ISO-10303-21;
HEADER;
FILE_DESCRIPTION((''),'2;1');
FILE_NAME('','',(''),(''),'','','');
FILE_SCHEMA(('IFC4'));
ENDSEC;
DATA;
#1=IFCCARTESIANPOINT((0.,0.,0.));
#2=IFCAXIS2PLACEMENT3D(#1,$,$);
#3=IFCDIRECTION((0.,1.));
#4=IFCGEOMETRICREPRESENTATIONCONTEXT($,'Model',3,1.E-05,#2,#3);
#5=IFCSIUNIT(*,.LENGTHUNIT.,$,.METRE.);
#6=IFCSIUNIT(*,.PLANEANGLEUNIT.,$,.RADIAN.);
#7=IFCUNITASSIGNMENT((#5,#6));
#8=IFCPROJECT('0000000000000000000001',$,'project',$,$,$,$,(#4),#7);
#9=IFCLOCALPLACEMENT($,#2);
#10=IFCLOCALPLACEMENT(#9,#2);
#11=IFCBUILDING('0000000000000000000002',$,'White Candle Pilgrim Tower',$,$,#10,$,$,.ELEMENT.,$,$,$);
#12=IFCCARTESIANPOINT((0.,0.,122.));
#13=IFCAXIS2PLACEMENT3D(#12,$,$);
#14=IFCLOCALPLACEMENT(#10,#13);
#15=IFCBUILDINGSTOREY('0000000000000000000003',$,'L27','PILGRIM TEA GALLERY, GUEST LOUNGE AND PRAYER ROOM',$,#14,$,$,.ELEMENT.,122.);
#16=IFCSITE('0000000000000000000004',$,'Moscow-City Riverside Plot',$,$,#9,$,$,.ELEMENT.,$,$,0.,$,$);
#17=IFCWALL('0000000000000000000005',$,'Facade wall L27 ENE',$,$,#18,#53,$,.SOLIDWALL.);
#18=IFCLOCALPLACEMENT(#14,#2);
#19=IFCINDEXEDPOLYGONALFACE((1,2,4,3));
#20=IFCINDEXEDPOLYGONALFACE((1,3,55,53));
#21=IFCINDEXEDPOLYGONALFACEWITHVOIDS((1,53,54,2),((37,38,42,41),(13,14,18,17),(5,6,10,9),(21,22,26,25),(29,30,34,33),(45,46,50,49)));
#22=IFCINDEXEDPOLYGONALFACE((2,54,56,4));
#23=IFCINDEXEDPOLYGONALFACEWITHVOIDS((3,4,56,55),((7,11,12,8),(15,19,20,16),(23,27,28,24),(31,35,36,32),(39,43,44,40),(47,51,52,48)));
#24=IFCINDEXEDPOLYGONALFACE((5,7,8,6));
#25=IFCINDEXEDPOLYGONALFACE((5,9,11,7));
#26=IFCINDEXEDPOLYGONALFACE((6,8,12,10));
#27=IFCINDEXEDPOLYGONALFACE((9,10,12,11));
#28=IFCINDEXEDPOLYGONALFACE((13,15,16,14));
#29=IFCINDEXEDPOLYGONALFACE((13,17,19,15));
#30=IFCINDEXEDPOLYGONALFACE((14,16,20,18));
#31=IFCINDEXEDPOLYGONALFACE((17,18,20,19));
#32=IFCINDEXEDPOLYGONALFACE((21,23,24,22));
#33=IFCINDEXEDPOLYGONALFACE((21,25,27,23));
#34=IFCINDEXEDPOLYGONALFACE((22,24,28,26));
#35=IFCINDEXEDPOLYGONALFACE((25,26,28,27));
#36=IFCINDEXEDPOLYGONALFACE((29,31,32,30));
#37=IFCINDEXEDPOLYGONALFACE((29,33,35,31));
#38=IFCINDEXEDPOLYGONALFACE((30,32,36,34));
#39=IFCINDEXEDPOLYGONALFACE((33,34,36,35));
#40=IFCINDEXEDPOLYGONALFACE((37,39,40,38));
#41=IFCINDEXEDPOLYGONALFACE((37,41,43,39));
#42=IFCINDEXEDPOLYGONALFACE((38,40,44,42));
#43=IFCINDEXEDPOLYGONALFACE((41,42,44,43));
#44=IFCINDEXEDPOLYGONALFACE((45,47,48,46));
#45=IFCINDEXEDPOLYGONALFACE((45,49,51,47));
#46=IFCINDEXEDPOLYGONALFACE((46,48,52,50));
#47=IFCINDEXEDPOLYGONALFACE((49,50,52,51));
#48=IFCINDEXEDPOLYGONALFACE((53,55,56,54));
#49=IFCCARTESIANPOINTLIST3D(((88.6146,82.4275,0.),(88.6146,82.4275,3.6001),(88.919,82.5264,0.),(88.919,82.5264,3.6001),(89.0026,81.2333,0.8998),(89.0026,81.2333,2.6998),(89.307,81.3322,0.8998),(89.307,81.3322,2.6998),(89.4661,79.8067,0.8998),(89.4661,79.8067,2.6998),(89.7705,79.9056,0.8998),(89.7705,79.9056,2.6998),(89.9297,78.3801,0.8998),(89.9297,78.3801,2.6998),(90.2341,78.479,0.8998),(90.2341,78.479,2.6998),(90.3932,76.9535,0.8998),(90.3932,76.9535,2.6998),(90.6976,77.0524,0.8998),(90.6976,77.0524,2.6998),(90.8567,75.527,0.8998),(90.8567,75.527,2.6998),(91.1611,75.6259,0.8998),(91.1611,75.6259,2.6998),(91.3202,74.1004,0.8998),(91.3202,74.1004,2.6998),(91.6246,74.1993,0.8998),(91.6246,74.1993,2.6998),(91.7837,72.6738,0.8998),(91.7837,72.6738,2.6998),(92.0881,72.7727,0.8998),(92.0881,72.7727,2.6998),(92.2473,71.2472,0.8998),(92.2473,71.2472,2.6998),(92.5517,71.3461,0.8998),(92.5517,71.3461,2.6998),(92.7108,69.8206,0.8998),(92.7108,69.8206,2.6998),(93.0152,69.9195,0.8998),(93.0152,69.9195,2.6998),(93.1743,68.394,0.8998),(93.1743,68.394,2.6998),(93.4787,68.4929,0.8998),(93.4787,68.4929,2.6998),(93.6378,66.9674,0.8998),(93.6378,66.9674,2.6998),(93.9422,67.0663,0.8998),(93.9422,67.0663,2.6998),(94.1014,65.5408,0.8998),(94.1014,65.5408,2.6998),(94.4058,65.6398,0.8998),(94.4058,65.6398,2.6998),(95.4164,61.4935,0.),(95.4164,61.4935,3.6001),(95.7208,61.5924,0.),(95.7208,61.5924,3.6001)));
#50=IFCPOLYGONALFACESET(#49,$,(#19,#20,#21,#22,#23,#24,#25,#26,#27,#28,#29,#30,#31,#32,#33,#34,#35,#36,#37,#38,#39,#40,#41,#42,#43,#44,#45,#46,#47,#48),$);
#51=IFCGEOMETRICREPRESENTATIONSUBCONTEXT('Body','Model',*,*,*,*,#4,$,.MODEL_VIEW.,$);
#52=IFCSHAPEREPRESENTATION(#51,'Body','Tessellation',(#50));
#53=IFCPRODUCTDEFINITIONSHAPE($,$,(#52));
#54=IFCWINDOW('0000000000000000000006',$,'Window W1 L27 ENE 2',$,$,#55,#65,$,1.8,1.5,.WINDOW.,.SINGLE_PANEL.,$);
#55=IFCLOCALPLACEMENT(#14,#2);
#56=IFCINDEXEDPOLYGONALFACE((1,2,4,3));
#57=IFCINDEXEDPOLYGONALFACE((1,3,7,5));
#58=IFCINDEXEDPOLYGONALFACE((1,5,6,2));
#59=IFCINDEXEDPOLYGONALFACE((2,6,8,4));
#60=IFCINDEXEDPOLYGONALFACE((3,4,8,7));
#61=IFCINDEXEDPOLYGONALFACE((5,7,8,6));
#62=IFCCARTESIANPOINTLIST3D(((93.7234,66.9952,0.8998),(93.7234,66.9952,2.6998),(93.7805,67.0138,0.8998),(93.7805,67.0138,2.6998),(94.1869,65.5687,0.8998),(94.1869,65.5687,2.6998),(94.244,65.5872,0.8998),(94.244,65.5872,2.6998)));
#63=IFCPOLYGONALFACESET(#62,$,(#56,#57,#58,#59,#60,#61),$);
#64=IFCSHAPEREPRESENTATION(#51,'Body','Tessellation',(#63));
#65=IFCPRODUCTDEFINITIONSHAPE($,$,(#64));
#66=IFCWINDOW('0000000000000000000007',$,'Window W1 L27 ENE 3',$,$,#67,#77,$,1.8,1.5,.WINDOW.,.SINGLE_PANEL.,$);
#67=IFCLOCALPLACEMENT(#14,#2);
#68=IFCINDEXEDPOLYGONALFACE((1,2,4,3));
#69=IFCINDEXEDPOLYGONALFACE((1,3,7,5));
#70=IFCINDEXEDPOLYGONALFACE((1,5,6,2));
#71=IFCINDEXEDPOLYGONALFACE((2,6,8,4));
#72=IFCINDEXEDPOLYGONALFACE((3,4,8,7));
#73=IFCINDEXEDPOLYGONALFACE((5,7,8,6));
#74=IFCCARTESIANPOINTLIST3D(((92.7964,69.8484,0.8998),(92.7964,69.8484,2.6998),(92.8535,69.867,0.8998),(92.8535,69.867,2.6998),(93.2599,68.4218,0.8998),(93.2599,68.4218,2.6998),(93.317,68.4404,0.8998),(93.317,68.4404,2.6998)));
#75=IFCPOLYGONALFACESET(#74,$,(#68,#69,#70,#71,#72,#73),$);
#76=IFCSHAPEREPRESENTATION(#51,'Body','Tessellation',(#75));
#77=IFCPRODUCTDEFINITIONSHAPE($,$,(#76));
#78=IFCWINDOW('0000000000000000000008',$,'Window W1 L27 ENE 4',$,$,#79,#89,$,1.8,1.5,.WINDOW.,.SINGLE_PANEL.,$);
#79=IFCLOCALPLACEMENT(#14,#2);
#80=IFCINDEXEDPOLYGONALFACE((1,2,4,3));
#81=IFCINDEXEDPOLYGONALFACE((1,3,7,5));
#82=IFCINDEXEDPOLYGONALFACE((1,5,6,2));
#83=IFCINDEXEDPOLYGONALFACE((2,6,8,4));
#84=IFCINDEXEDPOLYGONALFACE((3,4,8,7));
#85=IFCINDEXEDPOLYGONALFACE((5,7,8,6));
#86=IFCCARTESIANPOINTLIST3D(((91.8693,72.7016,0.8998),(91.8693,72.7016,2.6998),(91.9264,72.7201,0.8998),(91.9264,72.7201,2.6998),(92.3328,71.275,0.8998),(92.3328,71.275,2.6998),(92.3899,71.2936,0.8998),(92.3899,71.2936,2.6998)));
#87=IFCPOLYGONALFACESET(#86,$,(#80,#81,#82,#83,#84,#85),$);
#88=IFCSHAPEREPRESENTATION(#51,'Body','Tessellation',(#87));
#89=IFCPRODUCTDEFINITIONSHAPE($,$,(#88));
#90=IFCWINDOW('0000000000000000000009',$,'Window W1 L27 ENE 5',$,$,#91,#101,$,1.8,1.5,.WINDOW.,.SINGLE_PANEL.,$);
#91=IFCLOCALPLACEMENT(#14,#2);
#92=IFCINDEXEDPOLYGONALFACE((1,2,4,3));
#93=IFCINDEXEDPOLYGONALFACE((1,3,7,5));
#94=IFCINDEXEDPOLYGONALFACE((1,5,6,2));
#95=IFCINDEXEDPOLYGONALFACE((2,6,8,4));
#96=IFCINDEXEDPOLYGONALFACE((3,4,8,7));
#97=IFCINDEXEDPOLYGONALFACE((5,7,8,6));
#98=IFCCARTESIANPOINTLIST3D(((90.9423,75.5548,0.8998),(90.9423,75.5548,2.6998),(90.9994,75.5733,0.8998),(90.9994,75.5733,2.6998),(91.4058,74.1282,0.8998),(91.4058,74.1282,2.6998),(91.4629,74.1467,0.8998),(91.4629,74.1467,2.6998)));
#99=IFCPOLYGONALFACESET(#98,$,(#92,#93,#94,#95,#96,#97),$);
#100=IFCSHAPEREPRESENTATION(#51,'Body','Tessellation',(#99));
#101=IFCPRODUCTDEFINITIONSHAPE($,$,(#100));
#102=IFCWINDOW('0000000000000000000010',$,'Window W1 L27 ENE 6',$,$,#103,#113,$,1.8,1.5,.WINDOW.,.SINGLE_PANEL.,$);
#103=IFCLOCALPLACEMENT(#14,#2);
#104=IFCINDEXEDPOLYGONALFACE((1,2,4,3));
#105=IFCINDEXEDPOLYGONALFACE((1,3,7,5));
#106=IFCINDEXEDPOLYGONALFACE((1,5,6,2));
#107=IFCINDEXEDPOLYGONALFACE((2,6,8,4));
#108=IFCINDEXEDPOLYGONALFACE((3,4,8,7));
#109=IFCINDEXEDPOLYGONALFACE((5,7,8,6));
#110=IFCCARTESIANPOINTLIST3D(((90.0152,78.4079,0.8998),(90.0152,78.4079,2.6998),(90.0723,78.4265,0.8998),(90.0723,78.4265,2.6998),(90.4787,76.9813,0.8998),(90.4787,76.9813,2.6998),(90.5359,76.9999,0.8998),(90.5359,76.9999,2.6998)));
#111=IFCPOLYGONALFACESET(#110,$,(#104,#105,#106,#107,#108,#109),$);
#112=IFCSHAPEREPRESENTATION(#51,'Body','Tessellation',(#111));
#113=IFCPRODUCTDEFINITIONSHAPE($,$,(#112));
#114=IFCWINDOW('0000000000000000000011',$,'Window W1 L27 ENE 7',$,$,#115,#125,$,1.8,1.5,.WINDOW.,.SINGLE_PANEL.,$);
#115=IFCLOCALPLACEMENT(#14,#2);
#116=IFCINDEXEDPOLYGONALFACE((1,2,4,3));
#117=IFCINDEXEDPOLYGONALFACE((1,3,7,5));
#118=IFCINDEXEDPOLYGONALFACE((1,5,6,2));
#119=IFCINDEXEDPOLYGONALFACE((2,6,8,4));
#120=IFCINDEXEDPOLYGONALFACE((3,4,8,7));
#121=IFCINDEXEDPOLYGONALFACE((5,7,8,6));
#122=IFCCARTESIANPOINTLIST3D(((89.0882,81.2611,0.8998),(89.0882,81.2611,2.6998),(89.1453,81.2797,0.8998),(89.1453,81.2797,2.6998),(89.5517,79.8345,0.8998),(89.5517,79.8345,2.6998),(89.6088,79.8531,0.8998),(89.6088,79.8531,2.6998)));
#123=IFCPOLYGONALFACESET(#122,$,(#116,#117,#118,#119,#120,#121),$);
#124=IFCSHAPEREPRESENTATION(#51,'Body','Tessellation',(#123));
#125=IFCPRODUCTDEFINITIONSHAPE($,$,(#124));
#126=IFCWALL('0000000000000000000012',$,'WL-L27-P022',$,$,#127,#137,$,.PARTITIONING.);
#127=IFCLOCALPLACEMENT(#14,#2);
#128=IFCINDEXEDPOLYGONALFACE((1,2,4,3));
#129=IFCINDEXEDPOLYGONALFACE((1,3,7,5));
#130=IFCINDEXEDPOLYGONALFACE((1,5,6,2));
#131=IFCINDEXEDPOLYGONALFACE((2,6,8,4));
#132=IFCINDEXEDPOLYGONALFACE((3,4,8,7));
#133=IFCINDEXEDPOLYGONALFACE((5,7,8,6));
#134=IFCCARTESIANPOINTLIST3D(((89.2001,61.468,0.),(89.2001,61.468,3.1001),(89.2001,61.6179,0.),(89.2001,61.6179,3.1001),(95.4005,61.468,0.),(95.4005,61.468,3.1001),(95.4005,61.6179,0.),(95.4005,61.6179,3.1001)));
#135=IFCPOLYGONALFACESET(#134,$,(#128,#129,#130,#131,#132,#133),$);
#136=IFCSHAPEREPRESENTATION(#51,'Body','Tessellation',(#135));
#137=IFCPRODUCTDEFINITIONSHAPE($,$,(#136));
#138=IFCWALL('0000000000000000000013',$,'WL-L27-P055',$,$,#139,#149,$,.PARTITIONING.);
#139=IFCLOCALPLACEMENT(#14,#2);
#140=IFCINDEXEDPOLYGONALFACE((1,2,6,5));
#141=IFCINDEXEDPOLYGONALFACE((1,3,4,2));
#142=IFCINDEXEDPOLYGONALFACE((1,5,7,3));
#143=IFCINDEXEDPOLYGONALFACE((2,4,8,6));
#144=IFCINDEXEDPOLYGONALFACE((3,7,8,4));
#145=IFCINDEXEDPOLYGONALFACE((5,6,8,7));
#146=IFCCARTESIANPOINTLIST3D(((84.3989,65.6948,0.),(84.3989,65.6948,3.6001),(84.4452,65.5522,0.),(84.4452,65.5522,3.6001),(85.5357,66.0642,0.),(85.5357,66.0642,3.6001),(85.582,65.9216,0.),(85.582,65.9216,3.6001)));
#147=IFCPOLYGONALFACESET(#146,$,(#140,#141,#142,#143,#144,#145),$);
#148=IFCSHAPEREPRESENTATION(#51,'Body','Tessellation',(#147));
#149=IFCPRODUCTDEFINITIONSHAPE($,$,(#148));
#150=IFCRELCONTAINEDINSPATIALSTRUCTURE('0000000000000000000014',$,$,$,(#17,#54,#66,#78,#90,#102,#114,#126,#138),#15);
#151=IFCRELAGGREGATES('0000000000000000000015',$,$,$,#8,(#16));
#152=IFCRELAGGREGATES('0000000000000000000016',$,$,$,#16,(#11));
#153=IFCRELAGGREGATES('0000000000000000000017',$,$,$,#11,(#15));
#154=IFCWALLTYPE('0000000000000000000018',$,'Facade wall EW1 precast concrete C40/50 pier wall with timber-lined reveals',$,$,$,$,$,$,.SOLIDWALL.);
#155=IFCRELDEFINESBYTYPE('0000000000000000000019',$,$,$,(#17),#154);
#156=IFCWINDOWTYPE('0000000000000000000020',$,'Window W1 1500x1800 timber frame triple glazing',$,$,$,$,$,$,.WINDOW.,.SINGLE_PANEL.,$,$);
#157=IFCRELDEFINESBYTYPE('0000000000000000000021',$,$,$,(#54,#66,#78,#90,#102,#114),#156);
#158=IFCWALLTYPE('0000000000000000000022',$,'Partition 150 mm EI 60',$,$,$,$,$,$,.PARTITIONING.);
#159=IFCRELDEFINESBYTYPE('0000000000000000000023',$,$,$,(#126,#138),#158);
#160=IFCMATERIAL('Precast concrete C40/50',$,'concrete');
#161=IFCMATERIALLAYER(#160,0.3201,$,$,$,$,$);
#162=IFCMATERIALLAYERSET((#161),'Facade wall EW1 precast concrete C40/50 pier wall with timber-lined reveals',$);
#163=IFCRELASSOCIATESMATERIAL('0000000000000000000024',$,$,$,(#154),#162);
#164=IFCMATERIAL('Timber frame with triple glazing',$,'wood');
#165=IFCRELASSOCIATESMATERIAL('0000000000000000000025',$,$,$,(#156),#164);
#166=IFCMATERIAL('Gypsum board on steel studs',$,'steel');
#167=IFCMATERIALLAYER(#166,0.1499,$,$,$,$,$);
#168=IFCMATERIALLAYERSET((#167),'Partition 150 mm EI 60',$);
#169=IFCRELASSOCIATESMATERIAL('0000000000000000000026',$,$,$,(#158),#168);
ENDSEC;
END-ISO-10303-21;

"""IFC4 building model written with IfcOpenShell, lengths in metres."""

from ifc_helpers import new_model, si_unit, direction, frame, frame_2d, origin, place, context, subcontext, project, spatial, rectangle, extrude, material, layer, layer_set, type_object, element, fill, save


model = new_model("IFC4")

# Units and contexts
model_context = context("Model", 3, precision=1e-05, world=origin(), true_north=direction((0.0, 1.0)))
body_context = subcontext(model_context, "Body", "Model", "MODEL_VIEW")
ifc_project = project(units=[si_unit("LENGTHUNIT", "METRE"), si_unit("PLANEANGLEUNIT", "RADIAN")], contexts=[model_context])

# Site, building, storey
site_placement = place(None, origin())
site = spatial("IfcSite", under=ifc_project, at=site_placement, Name="Moscow-City Riverside Plot", CompositionType="ELEMENT", RefElevation=0.0)
building_placement = place(site_placement, origin())
building = spatial("IfcBuilding", under=site, at=building_placement, Name="White Candle Pilgrim Tower", CompositionType="ELEMENT")
storey_placement = place(building_placement, frame((0.0, 0.0, 122.0)))
storey = spatial("IfcBuildingStorey", under=building, at=storey_placement, Name="L27", Description="PILGRIM TEA GALLERY, GUEST LOUNGE AND PRAYER ROOM", CompositionType="ELEMENT", Elevation=122.0)

# Shared definitions
ifc_material_1 = material(Name="Gypsum board on steel studs", Category="steel")

# Wall, openings, windows
ifc_material_2 = material(Name="Precast concrete C40/50", Category="concrete")
ifc_layer_1 = layer(ifc_material_2, 0.3201)
ifc_layer_set_1 = layer_set([ifc_layer_1], Name="Facade wall EW1 precast concrete C40/50 pier wall with timber-lined reveals")
wall_type_1 = type_object("IfcWallType", Name="Facade wall EW1 precast concrete C40/50 pier wall with timber-lined reveals", PredefinedType="SOLIDWALL", material=ifc_layer_set_1)
wall_1_placement = place(storey_placement, frame((95.5686, 61.543, 0.0), z_axis=(0.0, 0.0, 1.0), x_axis=(-0.309015, 0.951057, 0.0)))
wall_1 = element("IfcWall", 1, at=wall_1_placement, inside=storey, type_object=wall_type_1, Name="Facade wall L27 ENE", PredefinedType="SOLIDWALL", context=body_context, shape_type="SweptSolid", body=[
    extrude(rectangle(XDim=22.0112, YDim=0.3201, at=frame_2d((11.0056, 0.0))), origin(), (0.0, 0.0, 1.0), 3.6001),
])
opening_1_placement = place(wall_1_placement, frame((4.2556, 0.0, 0.8999)))
opening_1 = element("IfcOpeningElement", 2, at=opening_1_placement, cuts=wall_1, PredefinedType="OPENING", context=body_context, shape_type="SweptSolid", body=[
    extrude(rectangle(XDim=1.5, YDim=1.8, at=frame_2d((0.75, 0.8999))), frame((0.0, 0.1699, 0.0), z_axis=(0.0, -1.0, 0.0), x_axis=(1.0, 0.0, 0.0)), (0.0, 0.0, 1.0), 0.3401),
])
opening_2_placement = place(wall_1_placement, frame((7.2556, 0.0, 0.8999)))
opening_2 = element("IfcOpeningElement", 3, at=opening_2_placement, cuts=wall_1, PredefinedType="OPENING", context=body_context, shape_type="SweptSolid", body=[
    extrude(rectangle(XDim=1.5, YDim=1.8, at=frame_2d((0.75, 0.8999))), frame((0.0, 0.1699, 0.0), z_axis=(0.0, -1.0, 0.0), x_axis=(1.0, 0.0, 0.0)), (0.0, 0.0, 1.0), 0.3401),
])
opening_3_placement = place(wall_1_placement, frame((10.2556, 0.0, 0.8999)))
opening_3 = element("IfcOpeningElement", 4, at=opening_3_placement, cuts=wall_1, PredefinedType="OPENING", context=body_context, shape_type="SweptSolid", body=[
    extrude(rectangle(XDim=1.5, YDim=1.8, at=frame_2d((0.75, 0.8999))), frame((0.0, 0.1699, 0.0), z_axis=(0.0, -1.0, 0.0), x_axis=(1.0, 0.0, 0.0)), (0.0, 0.0, 1.0), 0.3401),
])
opening_4_placement = place(wall_1_placement, frame((13.2556, 0.0, 0.8999)))
opening_4 = element("IfcOpeningElement", 5, at=opening_4_placement, cuts=wall_1, PredefinedType="OPENING", context=body_context, shape_type="SweptSolid", body=[
    extrude(rectangle(XDim=1.5, YDim=1.8, at=frame_2d((0.75, 0.8999))), frame((0.0, 0.1699, 0.0), z_axis=(0.0, -1.0, 0.0), x_axis=(1.0, 0.0, 0.0)), (0.0, 0.0, 1.0), 0.3401),
])
opening_5_placement = place(wall_1_placement, frame((16.2556, 0.0, 0.8999)))
opening_5 = element("IfcOpeningElement", 6, at=opening_5_placement, cuts=wall_1, PredefinedType="OPENING", context=body_context, shape_type="SweptSolid", body=[
    extrude(rectangle(XDim=1.5, YDim=1.8, at=frame_2d((0.75, 0.8999))), frame((0.0, 0.1699, 0.0), z_axis=(0.0, -1.0, 0.0), x_axis=(1.0, 0.0, 0.0)), (0.0, 0.0, 1.0), 0.3401),
])
opening_6_placement = place(wall_1_placement, frame((19.2556, 0.0, 0.8999)))
opening_6 = element("IfcOpeningElement", 7, at=opening_6_placement, cuts=wall_1, PredefinedType="OPENING", context=body_context, shape_type="SweptSolid", body=[
    extrude(rectangle(XDim=1.5, YDim=1.8, at=frame_2d((0.75, 0.8999))), frame((0.0, 0.1699, 0.0), z_axis=(0.0, -1.0, 0.0), x_axis=(1.0, 0.0, 0.0)), (0.0, 0.0, 1.0), 0.3401),
])
ifc_material_3 = material(Name="Timber frame with triple glazing", Category="wood")
window_type = type_object("IfcWindowType", Name="Window W1 1500x1800 timber frame triple glazing", PartitioningType="SINGLE_PANEL", PredefinedType="WINDOW", material=ifc_material_3)
window_1_placement = place(opening_1_placement, origin())
window_1 = element("IfcWindow", 8, at=window_1_placement, inside=storey, type_object=window_type, Name="Window W1 L27 ENE 2", OverallHeight=1.8, OverallWidth=1.5, PartitioningType="SINGLE_PANEL", PredefinedType="WINDOW", context=body_context, shape_type="SweptSolid", body=[
    extrude(rectangle(XDim=1.5, YDim=1.8, at=frame_2d((0.75, 0.8999))), frame((0.0, 0.0701, 0.0), z_axis=(0.0, -1.0, 0.0), x_axis=(1.0, 0.0, 0.0)), (0.0, 0.0, 1.0), 0.0601),
])
fill(opening_1, window_1)
window_2_placement = place(opening_2_placement, origin())
window_2 = element("IfcWindow", 9, at=window_2_placement, inside=storey, type_object=window_type, Name="Window W1 L27 ENE 3", OverallHeight=1.8, OverallWidth=1.5, PartitioningType="SINGLE_PANEL", PredefinedType="WINDOW", context=body_context, shape_type="SweptSolid", body=[
    extrude(rectangle(XDim=1.5, YDim=1.8, at=frame_2d((0.75, 0.8999))), frame((0.0, 0.0701, 0.0), z_axis=(0.0, -1.0, 0.0), x_axis=(1.0, 0.0, 0.0)), (0.0, 0.0, 1.0), 0.0601),
])
fill(opening_2, window_2)
window_3_placement = place(opening_3_placement, origin())
window_3 = element("IfcWindow", 10, at=window_3_placement, inside=storey, type_object=window_type, Name="Window W1 L27 ENE 4", OverallHeight=1.8, OverallWidth=1.5, PartitioningType="SINGLE_PANEL", PredefinedType="WINDOW", context=body_context, shape_type="SweptSolid", body=[
    extrude(rectangle(XDim=1.5, YDim=1.8, at=frame_2d((0.75, 0.8999))), frame((0.0, 0.0701, 0.0), z_axis=(0.0, -1.0, 0.0), x_axis=(1.0, 0.0, 0.0)), (0.0, 0.0, 1.0), 0.0601),
])
fill(opening_3, window_3)
window_4_placement = place(opening_4_placement, origin())
window_4 = element("IfcWindow", 11, at=window_4_placement, inside=storey, type_object=window_type, Name="Window W1 L27 ENE 5", OverallHeight=1.8, OverallWidth=1.5, PartitioningType="SINGLE_PANEL", PredefinedType="WINDOW", context=body_context, shape_type="SweptSolid", body=[
    extrude(rectangle(XDim=1.5, YDim=1.8, at=frame_2d((0.75, 0.8999))), frame((0.0, 0.0701, 0.0), z_axis=(0.0, -1.0, 0.0), x_axis=(1.0, 0.0, 0.0)), (0.0, 0.0, 1.0), 0.0601),
])
fill(opening_4, window_4)
window_5_placement = place(opening_5_placement, origin())
window_5 = element("IfcWindow", 12, at=window_5_placement, inside=storey, type_object=window_type, Name="Window W1 L27 ENE 6", OverallHeight=1.8, OverallWidth=1.5, PartitioningType="SINGLE_PANEL", PredefinedType="WINDOW", context=body_context, shape_type="SweptSolid", body=[
    extrude(rectangle(XDim=1.5, YDim=1.8, at=frame_2d((0.75, 0.8999))), frame((0.0, 0.0701, 0.0), z_axis=(0.0, -1.0, 0.0), x_axis=(1.0, 0.0, 0.0)), (0.0, 0.0, 1.0), 0.0601),
])
fill(opening_5, window_5)
window_6_placement = place(opening_6_placement, origin())
window_6 = element("IfcWindow", 13, at=window_6_placement, inside=storey, type_object=window_type, Name="Window W1 L27 ENE 7", OverallHeight=1.8, OverallWidth=1.5, PartitioningType="SINGLE_PANEL", PredefinedType="WINDOW", context=body_context, shape_type="SweptSolid", body=[
    extrude(rectangle(XDim=1.5, YDim=1.8, at=frame_2d((0.75, 0.8999))), frame((0.0, 0.0701, 0.0), z_axis=(0.0, -1.0, 0.0), x_axis=(1.0, 0.0, 0.0)), (0.0, 0.0, 1.0), 0.0601),
])
fill(opening_6, window_6)

# Walls
ifc_layer_2 = layer(ifc_material_1, 0.1499)
ifc_layer_set_2 = layer_set([ifc_layer_2], Name="Partition 150 mm EI 60")
wall_type_2 = type_object("IfcWallType", Name="Partition 150 mm EI 60", PredefinedType="PARTITIONING", material=ifc_layer_set_2)
wall_2_placement = place(storey_placement, frame((95.4004, 61.543, 0.0), z_axis=(0.0, 0.0, 1.0), x_axis=(-1.0, 0.0, 0.0)))
element("IfcWall", 14, at=wall_2_placement, inside=storey, type_object=wall_type_2, Name="WL-L27-P022", PredefinedType="PARTITIONING", context=body_context, shape_type="SweptSolid", body=[
    extrude(rectangle(XDim=6.2004, YDim=0.1499, at=frame_2d((3.1001, 0.0))), origin(), (0.0, 0.0, 1.0), 3.1001),
])
wall_3_placement = place(storey_placement, frame((85.5588, 65.9929, 0.0), z_axis=(0.0, 0.0, 1.0), x_axis=(-0.951046, -0.309049, 0.0)))
element("IfcWall", 15, at=wall_3_placement, inside=storey, type_object=wall_type_2, Name="WL-L27-P055", PredefinedType="PARTITIONING", context=body_context, shape_type="SweptSolid", body=[
    extrude(rectangle(XDim=1.1953, YDim=0.1499, at=frame_2d((0.5977, 0.0))), origin(), (0.0, 0.0, 1.0), 3.6001),
])

save(model, "model.ifc")
